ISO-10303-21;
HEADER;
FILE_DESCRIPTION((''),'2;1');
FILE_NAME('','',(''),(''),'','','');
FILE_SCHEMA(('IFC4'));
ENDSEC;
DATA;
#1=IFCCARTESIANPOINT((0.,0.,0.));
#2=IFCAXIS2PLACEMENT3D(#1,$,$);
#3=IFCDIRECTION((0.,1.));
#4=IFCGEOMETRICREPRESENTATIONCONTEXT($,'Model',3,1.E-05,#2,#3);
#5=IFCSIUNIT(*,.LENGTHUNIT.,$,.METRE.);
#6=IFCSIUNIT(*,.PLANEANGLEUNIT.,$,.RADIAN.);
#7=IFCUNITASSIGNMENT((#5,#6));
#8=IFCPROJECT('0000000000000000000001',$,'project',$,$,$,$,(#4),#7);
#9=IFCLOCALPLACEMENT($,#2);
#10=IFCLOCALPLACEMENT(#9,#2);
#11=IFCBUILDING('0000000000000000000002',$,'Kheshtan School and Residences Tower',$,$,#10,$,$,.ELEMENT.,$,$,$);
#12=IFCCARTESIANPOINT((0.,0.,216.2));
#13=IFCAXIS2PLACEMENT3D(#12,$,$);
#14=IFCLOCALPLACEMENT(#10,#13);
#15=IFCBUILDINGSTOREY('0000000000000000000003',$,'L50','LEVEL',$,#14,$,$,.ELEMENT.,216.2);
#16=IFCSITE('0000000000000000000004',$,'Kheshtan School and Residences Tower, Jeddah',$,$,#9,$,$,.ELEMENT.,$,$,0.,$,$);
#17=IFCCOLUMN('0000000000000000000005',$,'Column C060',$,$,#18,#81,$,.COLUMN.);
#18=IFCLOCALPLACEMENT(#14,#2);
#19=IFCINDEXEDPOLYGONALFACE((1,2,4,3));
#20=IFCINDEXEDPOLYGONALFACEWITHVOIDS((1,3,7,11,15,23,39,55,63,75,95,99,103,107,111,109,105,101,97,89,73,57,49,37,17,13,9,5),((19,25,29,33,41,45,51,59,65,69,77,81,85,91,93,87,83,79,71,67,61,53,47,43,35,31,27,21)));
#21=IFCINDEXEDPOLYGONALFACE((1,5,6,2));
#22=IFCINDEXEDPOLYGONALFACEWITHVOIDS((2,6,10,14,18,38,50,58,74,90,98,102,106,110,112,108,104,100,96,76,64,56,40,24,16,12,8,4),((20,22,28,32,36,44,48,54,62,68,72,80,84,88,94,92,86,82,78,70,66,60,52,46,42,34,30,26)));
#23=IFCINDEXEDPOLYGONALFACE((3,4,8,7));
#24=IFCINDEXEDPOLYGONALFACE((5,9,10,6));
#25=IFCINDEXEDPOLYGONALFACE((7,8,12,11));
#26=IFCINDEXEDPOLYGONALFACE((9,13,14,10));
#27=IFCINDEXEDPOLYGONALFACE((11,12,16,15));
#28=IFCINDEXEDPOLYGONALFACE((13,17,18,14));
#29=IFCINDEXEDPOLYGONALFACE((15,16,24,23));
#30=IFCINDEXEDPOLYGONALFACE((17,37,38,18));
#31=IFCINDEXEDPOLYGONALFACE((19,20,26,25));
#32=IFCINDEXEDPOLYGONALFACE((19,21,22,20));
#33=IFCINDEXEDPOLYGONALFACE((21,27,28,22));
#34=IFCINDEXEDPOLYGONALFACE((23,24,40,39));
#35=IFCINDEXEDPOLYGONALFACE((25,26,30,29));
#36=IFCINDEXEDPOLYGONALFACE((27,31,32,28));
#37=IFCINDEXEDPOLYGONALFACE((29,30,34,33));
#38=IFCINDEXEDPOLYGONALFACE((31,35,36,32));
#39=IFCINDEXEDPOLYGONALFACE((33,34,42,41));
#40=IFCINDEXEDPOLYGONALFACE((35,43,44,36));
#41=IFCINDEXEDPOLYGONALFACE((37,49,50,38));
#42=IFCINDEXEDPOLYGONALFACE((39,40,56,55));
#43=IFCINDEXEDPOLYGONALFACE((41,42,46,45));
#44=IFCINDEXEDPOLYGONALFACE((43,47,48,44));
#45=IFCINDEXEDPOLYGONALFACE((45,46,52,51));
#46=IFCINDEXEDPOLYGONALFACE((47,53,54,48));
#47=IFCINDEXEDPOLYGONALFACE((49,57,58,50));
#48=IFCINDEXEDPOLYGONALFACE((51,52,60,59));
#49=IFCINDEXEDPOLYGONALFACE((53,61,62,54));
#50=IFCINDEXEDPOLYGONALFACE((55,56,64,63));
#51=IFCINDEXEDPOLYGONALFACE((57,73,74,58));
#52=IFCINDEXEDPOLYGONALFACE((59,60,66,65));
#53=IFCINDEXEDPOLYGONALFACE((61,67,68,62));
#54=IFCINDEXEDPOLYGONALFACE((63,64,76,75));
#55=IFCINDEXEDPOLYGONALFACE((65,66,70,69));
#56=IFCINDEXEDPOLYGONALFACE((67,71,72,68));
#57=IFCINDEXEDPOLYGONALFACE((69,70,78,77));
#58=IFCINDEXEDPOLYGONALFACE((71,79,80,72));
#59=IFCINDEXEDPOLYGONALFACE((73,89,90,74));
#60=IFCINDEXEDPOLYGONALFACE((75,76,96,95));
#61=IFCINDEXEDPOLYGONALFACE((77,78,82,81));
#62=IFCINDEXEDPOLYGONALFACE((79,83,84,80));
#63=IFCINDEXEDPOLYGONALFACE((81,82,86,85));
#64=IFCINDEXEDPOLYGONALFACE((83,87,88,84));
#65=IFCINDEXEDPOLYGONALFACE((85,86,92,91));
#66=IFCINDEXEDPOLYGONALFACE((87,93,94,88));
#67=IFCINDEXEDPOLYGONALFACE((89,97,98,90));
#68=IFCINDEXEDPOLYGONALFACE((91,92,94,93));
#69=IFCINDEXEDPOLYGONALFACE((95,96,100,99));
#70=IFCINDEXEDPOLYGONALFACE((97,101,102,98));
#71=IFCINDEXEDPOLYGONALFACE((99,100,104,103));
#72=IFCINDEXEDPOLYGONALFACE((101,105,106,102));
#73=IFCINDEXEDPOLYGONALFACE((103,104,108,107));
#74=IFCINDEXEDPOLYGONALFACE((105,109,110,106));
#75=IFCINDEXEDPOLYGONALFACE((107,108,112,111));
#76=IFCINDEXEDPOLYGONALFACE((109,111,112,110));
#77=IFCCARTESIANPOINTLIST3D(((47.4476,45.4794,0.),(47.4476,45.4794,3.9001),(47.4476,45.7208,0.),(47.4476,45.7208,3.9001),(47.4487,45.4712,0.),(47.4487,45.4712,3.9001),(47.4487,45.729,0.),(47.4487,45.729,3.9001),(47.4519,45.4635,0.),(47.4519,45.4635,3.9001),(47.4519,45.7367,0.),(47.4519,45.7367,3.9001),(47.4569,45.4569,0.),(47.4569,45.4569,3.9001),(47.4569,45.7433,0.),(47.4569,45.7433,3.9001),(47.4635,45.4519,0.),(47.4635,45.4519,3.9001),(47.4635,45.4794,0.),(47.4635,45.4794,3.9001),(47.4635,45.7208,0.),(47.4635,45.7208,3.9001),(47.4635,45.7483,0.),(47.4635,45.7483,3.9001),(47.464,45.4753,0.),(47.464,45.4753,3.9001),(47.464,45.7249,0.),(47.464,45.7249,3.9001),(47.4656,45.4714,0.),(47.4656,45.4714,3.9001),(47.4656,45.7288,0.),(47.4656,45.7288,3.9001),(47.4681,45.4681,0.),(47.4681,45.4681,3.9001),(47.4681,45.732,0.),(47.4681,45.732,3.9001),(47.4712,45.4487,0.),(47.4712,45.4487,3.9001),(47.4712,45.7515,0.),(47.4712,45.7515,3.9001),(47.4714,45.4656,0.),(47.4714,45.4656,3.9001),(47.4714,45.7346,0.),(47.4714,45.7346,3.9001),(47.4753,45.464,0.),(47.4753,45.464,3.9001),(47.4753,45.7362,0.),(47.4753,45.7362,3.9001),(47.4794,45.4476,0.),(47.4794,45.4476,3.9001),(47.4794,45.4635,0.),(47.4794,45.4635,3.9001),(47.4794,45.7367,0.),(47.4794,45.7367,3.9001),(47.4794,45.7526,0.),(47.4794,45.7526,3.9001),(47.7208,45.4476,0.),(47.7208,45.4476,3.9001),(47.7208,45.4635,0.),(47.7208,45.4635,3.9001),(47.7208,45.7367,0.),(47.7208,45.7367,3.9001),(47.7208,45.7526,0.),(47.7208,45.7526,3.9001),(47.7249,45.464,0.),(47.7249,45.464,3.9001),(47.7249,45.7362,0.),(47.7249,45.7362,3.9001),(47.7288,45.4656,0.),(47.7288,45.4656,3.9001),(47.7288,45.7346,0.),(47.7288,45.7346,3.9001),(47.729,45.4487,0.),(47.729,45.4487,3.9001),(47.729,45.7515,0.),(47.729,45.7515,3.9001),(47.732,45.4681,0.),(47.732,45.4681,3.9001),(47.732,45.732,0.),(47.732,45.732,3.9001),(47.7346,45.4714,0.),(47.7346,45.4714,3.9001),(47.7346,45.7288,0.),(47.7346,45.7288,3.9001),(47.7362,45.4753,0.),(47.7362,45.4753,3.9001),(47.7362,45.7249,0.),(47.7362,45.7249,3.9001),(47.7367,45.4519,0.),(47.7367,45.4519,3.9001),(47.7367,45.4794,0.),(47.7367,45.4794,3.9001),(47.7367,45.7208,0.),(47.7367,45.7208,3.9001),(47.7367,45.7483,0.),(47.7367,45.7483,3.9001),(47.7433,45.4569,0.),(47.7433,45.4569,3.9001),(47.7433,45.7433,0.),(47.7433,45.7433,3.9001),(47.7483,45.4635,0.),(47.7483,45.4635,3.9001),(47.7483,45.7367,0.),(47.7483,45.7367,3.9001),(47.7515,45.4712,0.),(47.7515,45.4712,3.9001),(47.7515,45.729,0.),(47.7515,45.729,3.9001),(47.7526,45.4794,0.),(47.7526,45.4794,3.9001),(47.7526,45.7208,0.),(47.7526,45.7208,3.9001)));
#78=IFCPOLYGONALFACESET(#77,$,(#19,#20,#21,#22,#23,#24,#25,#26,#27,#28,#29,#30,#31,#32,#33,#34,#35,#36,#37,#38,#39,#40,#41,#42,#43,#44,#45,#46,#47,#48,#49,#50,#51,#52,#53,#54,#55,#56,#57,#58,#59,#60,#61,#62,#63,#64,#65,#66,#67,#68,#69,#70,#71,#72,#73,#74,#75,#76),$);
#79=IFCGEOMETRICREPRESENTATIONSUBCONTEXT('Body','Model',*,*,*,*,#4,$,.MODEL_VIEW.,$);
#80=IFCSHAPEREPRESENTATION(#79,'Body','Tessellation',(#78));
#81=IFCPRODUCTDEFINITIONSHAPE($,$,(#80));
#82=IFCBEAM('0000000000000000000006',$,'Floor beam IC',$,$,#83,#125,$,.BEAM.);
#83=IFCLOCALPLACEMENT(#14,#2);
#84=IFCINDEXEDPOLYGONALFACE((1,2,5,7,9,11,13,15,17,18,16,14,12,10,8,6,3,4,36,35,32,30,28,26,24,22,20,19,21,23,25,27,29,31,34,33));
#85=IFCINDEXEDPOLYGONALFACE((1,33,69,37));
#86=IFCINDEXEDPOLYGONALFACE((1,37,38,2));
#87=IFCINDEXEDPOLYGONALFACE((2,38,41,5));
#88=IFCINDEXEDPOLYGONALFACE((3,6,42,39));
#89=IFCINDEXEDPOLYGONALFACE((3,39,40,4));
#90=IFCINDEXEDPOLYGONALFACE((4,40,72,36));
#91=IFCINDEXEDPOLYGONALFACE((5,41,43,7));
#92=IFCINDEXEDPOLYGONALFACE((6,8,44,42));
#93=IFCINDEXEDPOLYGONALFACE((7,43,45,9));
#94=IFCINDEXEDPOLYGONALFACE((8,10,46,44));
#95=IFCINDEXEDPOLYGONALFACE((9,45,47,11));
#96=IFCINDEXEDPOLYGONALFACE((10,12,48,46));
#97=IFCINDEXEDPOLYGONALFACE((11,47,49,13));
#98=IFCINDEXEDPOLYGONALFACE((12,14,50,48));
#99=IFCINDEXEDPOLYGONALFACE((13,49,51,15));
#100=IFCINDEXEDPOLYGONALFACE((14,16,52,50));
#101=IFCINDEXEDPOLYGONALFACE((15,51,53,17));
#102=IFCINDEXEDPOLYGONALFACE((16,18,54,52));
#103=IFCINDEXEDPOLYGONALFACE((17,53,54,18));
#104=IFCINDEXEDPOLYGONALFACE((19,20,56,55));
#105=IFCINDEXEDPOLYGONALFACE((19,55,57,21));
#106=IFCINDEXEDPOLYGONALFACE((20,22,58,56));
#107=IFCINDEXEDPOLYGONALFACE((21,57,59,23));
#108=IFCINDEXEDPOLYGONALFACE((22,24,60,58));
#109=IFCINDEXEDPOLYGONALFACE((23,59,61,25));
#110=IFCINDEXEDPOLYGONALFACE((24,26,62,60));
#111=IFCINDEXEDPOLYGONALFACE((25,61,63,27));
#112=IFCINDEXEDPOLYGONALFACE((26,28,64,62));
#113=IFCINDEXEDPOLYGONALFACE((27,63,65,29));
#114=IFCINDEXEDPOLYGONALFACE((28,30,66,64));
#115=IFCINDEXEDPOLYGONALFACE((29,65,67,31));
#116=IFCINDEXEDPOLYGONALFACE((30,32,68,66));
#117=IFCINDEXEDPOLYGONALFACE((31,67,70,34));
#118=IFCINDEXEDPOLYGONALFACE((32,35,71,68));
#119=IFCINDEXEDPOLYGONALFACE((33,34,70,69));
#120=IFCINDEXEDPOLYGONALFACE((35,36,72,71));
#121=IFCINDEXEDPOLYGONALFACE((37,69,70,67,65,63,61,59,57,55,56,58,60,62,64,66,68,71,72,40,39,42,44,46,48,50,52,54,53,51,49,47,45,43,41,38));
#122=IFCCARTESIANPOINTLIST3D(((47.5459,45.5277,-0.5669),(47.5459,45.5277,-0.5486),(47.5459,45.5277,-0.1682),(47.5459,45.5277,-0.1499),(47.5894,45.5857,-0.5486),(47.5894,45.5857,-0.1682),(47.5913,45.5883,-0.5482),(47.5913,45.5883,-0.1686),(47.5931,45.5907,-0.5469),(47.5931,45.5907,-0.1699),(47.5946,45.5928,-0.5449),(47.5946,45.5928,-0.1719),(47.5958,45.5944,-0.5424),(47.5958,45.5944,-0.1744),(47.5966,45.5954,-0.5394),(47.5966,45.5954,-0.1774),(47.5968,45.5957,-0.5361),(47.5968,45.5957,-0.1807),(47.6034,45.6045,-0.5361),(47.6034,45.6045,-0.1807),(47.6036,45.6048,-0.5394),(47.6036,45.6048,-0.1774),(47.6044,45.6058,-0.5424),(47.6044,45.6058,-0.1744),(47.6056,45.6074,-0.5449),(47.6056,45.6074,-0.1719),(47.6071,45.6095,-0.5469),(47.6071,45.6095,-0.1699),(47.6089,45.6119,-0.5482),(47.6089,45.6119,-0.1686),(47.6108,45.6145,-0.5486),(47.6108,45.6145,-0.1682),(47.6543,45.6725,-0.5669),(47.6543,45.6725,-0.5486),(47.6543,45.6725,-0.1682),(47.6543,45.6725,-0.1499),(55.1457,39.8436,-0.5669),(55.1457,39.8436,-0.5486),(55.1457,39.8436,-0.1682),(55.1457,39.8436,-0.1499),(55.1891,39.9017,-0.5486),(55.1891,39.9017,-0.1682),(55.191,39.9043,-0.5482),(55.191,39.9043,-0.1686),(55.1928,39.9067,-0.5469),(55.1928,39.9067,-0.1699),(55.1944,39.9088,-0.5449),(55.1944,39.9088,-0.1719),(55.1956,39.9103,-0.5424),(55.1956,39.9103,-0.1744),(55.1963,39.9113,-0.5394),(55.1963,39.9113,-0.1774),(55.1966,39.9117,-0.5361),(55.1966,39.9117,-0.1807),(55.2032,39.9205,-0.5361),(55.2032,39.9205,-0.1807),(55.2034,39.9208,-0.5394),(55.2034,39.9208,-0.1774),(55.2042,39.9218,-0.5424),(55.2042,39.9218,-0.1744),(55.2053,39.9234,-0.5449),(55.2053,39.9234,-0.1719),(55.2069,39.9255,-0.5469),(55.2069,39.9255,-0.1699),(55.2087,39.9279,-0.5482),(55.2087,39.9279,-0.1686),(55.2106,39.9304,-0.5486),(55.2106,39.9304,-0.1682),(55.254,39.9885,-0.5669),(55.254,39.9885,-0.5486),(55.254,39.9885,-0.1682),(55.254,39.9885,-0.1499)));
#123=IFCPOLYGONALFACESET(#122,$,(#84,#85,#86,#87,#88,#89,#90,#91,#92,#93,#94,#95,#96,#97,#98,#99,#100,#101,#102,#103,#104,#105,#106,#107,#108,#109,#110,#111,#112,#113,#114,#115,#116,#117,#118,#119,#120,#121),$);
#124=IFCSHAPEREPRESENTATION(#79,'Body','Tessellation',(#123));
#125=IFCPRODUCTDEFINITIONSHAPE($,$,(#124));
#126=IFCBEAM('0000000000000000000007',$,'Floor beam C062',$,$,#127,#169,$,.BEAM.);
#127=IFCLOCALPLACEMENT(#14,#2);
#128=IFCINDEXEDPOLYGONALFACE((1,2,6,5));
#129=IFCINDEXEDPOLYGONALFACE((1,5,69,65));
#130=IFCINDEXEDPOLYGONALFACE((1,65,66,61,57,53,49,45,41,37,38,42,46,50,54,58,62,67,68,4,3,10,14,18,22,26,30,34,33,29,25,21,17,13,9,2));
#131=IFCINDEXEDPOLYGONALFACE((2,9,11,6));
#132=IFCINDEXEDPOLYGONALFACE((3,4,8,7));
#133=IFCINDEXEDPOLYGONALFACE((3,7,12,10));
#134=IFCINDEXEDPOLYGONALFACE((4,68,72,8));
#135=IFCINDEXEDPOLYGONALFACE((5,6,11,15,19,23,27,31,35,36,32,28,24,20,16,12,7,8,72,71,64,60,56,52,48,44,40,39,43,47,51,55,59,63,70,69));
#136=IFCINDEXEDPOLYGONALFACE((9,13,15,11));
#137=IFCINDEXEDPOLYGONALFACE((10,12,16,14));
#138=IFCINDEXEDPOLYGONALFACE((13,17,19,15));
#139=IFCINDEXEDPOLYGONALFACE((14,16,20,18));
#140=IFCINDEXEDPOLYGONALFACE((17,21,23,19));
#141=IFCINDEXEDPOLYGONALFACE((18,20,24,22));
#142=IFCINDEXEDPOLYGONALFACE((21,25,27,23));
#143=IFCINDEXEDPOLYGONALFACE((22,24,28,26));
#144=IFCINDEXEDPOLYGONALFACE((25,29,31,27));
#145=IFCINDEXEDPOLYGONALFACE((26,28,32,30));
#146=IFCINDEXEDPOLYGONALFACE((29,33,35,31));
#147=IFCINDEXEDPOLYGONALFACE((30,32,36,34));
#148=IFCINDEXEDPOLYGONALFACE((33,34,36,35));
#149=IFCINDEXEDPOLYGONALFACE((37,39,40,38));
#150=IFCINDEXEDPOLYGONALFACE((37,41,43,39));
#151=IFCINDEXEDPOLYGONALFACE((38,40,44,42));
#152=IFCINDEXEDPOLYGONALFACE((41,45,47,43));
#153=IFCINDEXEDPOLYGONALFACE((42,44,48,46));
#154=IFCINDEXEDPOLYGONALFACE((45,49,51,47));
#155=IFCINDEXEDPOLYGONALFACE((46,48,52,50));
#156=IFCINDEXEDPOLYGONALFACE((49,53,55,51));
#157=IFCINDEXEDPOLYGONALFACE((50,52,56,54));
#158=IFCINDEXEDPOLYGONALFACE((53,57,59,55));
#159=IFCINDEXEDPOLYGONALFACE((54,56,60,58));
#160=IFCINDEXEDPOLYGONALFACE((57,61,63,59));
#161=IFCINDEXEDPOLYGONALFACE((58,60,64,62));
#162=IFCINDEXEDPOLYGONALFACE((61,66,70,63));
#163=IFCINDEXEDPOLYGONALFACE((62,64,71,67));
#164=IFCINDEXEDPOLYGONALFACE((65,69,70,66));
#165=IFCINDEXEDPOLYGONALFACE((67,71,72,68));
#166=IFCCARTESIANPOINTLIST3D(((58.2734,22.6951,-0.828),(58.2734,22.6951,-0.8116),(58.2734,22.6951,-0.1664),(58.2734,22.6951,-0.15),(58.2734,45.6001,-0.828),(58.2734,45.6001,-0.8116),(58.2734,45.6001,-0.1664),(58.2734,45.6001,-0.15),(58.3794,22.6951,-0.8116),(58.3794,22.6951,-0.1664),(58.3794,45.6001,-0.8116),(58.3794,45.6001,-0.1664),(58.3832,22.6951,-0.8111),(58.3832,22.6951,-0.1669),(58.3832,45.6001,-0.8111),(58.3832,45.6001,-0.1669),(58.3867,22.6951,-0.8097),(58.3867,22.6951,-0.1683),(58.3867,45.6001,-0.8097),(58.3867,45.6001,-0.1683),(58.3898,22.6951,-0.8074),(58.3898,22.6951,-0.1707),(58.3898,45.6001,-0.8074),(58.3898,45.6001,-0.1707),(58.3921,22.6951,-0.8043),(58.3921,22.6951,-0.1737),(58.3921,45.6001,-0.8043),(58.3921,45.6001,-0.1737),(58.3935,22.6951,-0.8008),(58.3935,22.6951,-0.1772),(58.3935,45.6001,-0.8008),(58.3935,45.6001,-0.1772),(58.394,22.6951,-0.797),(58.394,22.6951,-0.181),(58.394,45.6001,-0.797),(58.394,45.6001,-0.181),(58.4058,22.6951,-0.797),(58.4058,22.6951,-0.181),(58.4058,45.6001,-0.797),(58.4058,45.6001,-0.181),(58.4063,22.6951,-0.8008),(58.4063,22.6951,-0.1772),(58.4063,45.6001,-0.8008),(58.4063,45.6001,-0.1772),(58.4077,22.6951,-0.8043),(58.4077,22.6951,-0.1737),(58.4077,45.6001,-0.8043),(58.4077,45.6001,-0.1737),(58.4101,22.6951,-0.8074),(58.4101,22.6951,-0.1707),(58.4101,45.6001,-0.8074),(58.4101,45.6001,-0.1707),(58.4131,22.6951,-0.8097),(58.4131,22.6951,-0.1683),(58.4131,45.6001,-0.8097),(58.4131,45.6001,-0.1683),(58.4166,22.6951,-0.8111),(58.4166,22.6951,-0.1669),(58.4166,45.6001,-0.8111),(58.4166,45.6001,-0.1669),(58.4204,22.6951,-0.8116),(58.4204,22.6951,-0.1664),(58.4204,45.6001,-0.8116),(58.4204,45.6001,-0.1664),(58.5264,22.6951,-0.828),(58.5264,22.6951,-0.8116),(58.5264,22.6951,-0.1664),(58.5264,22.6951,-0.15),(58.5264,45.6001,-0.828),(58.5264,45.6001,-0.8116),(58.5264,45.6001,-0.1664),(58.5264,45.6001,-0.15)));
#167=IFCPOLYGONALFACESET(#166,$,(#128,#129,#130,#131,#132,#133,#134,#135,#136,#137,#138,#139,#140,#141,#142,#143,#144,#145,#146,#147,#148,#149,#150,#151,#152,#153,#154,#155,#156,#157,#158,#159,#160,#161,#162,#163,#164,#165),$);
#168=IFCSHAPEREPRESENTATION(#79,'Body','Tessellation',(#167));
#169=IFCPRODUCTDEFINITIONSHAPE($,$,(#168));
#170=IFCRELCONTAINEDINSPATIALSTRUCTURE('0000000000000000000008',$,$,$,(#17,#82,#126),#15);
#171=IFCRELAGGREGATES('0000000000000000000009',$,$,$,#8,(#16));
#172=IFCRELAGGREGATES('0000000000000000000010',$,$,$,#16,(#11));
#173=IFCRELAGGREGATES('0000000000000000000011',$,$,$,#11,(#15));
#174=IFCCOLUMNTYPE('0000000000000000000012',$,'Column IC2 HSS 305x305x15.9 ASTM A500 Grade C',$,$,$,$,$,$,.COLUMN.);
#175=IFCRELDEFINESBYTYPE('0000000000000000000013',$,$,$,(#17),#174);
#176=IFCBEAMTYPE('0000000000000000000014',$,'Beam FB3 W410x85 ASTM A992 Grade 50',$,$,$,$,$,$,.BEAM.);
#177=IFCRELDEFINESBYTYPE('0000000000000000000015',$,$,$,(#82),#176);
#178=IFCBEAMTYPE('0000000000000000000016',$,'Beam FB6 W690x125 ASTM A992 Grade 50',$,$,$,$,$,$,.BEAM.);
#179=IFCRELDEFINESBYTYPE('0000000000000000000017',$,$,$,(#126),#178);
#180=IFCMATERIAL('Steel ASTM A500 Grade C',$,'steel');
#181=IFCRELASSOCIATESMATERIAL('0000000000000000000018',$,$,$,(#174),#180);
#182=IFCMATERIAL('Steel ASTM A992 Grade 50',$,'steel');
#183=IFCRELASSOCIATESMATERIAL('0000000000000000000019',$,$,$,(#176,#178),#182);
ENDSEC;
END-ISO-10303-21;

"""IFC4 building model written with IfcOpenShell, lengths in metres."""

from ifc_helpers import new_model, si_unit, direction, frame, origin, origin_2d, place, context, subcontext, project, spatial, hollow_rectangle, i_section, extrude, material, material_profile, profile_set, type_object, element, save


model = new_model("IFC4")

# Units and contexts
model_context = context("Model", 3, precision=1e-05, world=origin(), true_north=direction((0.0, 1.0)))
body_context = subcontext(model_context, "Body", "Model", "MODEL_VIEW")
ifc_project = project(units=[si_unit("LENGTHUNIT", "METRE"), si_unit("PLANEANGLEUNIT", "RADIAN")], contexts=[model_context])

# Site, building, storey
site_placement = place(None, origin())
site = spatial("IfcSite", under=ifc_project, at=site_placement, Name="Kheshtan School and Residences Tower, Jeddah", CompositionType="ELEMENT", RefElevation=0.0)
building_placement = place(site_placement, origin())
building = spatial("IfcBuilding", under=site, at=building_placement, Name="Kheshtan School and Residences Tower", CompositionType="ELEMENT")
storey_placement = place(building_placement, frame((0.0, 0.0, 216.2)))
storey = spatial("IfcBuildingStorey", under=building, at=storey_placement, Name="L50", Description="LEVEL", CompositionType="ELEMENT", Elevation=216.2)

# Column
ifc_material_1 = material(Name="Steel ASTM A992 Grade 50", Category="steel")
ifc_material_2 = material(Name="Steel ASTM A500 Grade C", Category="steel")
ifc_material_profile_1 = material_profile(ifc_material_2, hollow_rectangle(XDim=0.3049, YDim=0.3049, WallThickness=0.0159, InnerFilletRadius=0.0159, OuterFilletRadius=0.0317, at=origin_2d()), Name="HSS 305x305x15.9")
ifc_profile_set_1 = profile_set([ifc_material_profile_1], Name="Steel ASTM A500 Grade C")
column_type_1 = type_object("IfcColumnType", Name="Column IC2 HSS 305x305x15.9 ASTM A500 Grade C", PredefinedType="COLUMN", material=ifc_profile_set_1)
column_placement = place(storey_placement, frame((47.6001, 45.6001, 0.0), z_axis=(0.0, 0.0, 1.0), x_axis=(1.0, 0.0, 0.0)))
element("IfcColumn", 1, at=column_placement, inside=storey, type_object=column_type_1, Name="Column C060", PredefinedType="COLUMN", context=body_context, shape_type="SweptSolid", body=[
    extrude(hollow_rectangle(XDim=0.3049, YDim=0.3049, WallThickness=0.0159, InnerFilletRadius=0.0159, OuterFilletRadius=0.0317, at=origin_2d()), origin(), (0.0, 0.0, 1.0), 3.9001),
])

# Beams
ifc_material_profile_2 = material_profile(ifc_material_1, i_section(OverallWidth=0.1809, OverallDepth=0.417, WebThickness=0.011, FlangeThickness=0.0183, FilletRadius=0.0125, at=origin_2d()), Name="W410x85")
ifc_profile_set_2 = profile_set([ifc_material_profile_2], Name="Steel ASTM A992 Grade 50")
beam_type_1 = type_object("IfcBeamType", Name="Beam FB3 W410x85 ASTM A992 Grade 50", PredefinedType="BEAM", material=ifc_profile_set_2)
beam_1_placement = place(storey_placement, frame((47.6001, 45.6001, -0.3584), z_axis=(0.800799, -0.598933, 0.0), x_axis=(0.598933, 0.800799, 0.0)))
element("IfcBeam", 2, at=beam_1_placement, inside=storey, type_object=beam_type_1, Name="Floor beam IC", PredefinedType="BEAM", context=body_context, shape_type="SweptSolid", body=[
    extrude(i_section(OverallWidth=0.1809, OverallDepth=0.417, WebThickness=0.011, FlangeThickness=0.0183, FilletRadius=0.0125, at=origin_2d()), origin(), (0.0, 0.0, 1.0), 9.4902),
])
ifc_material_profile_3 = material_profile(ifc_material_1, i_section(OverallWidth=0.2529, OverallDepth=0.678, WebThickness=0.0117, FlangeThickness=0.0164, FilletRadius=0.0146, at=origin_2d()), Name="W690x125")
ifc_profile_set_3 = profile_set([ifc_material_profile_3], Name="Steel ASTM A992 Grade 50")
beam_type_2 = type_object("IfcBeamType", Name="Beam FB6 W690x125 ASTM A992 Grade 50", PredefinedType="BEAM", material=ifc_profile_set_3)
beam_2_placement = place(storey_placement, frame((58.3999, 45.6001, -0.489), z_axis=(0.0, -1.0, 0.0), x_axis=(1.0, 0.0, 0.0)))
element("IfcBeam", 3, at=beam_2_placement, inside=storey, type_object=beam_type_2, Name="Floor beam C062", PredefinedType="BEAM", context=body_context, shape_type="SweptSolid", body=[
    extrude(i_section(OverallWidth=0.2529, OverallDepth=0.678, WebThickness=0.0117, FlangeThickness=0.0164, FilletRadius=0.0146, at=origin_2d()), origin(), (0.0, 0.0, 1.0), 22.905),
])

save(model, "model.ifc")
